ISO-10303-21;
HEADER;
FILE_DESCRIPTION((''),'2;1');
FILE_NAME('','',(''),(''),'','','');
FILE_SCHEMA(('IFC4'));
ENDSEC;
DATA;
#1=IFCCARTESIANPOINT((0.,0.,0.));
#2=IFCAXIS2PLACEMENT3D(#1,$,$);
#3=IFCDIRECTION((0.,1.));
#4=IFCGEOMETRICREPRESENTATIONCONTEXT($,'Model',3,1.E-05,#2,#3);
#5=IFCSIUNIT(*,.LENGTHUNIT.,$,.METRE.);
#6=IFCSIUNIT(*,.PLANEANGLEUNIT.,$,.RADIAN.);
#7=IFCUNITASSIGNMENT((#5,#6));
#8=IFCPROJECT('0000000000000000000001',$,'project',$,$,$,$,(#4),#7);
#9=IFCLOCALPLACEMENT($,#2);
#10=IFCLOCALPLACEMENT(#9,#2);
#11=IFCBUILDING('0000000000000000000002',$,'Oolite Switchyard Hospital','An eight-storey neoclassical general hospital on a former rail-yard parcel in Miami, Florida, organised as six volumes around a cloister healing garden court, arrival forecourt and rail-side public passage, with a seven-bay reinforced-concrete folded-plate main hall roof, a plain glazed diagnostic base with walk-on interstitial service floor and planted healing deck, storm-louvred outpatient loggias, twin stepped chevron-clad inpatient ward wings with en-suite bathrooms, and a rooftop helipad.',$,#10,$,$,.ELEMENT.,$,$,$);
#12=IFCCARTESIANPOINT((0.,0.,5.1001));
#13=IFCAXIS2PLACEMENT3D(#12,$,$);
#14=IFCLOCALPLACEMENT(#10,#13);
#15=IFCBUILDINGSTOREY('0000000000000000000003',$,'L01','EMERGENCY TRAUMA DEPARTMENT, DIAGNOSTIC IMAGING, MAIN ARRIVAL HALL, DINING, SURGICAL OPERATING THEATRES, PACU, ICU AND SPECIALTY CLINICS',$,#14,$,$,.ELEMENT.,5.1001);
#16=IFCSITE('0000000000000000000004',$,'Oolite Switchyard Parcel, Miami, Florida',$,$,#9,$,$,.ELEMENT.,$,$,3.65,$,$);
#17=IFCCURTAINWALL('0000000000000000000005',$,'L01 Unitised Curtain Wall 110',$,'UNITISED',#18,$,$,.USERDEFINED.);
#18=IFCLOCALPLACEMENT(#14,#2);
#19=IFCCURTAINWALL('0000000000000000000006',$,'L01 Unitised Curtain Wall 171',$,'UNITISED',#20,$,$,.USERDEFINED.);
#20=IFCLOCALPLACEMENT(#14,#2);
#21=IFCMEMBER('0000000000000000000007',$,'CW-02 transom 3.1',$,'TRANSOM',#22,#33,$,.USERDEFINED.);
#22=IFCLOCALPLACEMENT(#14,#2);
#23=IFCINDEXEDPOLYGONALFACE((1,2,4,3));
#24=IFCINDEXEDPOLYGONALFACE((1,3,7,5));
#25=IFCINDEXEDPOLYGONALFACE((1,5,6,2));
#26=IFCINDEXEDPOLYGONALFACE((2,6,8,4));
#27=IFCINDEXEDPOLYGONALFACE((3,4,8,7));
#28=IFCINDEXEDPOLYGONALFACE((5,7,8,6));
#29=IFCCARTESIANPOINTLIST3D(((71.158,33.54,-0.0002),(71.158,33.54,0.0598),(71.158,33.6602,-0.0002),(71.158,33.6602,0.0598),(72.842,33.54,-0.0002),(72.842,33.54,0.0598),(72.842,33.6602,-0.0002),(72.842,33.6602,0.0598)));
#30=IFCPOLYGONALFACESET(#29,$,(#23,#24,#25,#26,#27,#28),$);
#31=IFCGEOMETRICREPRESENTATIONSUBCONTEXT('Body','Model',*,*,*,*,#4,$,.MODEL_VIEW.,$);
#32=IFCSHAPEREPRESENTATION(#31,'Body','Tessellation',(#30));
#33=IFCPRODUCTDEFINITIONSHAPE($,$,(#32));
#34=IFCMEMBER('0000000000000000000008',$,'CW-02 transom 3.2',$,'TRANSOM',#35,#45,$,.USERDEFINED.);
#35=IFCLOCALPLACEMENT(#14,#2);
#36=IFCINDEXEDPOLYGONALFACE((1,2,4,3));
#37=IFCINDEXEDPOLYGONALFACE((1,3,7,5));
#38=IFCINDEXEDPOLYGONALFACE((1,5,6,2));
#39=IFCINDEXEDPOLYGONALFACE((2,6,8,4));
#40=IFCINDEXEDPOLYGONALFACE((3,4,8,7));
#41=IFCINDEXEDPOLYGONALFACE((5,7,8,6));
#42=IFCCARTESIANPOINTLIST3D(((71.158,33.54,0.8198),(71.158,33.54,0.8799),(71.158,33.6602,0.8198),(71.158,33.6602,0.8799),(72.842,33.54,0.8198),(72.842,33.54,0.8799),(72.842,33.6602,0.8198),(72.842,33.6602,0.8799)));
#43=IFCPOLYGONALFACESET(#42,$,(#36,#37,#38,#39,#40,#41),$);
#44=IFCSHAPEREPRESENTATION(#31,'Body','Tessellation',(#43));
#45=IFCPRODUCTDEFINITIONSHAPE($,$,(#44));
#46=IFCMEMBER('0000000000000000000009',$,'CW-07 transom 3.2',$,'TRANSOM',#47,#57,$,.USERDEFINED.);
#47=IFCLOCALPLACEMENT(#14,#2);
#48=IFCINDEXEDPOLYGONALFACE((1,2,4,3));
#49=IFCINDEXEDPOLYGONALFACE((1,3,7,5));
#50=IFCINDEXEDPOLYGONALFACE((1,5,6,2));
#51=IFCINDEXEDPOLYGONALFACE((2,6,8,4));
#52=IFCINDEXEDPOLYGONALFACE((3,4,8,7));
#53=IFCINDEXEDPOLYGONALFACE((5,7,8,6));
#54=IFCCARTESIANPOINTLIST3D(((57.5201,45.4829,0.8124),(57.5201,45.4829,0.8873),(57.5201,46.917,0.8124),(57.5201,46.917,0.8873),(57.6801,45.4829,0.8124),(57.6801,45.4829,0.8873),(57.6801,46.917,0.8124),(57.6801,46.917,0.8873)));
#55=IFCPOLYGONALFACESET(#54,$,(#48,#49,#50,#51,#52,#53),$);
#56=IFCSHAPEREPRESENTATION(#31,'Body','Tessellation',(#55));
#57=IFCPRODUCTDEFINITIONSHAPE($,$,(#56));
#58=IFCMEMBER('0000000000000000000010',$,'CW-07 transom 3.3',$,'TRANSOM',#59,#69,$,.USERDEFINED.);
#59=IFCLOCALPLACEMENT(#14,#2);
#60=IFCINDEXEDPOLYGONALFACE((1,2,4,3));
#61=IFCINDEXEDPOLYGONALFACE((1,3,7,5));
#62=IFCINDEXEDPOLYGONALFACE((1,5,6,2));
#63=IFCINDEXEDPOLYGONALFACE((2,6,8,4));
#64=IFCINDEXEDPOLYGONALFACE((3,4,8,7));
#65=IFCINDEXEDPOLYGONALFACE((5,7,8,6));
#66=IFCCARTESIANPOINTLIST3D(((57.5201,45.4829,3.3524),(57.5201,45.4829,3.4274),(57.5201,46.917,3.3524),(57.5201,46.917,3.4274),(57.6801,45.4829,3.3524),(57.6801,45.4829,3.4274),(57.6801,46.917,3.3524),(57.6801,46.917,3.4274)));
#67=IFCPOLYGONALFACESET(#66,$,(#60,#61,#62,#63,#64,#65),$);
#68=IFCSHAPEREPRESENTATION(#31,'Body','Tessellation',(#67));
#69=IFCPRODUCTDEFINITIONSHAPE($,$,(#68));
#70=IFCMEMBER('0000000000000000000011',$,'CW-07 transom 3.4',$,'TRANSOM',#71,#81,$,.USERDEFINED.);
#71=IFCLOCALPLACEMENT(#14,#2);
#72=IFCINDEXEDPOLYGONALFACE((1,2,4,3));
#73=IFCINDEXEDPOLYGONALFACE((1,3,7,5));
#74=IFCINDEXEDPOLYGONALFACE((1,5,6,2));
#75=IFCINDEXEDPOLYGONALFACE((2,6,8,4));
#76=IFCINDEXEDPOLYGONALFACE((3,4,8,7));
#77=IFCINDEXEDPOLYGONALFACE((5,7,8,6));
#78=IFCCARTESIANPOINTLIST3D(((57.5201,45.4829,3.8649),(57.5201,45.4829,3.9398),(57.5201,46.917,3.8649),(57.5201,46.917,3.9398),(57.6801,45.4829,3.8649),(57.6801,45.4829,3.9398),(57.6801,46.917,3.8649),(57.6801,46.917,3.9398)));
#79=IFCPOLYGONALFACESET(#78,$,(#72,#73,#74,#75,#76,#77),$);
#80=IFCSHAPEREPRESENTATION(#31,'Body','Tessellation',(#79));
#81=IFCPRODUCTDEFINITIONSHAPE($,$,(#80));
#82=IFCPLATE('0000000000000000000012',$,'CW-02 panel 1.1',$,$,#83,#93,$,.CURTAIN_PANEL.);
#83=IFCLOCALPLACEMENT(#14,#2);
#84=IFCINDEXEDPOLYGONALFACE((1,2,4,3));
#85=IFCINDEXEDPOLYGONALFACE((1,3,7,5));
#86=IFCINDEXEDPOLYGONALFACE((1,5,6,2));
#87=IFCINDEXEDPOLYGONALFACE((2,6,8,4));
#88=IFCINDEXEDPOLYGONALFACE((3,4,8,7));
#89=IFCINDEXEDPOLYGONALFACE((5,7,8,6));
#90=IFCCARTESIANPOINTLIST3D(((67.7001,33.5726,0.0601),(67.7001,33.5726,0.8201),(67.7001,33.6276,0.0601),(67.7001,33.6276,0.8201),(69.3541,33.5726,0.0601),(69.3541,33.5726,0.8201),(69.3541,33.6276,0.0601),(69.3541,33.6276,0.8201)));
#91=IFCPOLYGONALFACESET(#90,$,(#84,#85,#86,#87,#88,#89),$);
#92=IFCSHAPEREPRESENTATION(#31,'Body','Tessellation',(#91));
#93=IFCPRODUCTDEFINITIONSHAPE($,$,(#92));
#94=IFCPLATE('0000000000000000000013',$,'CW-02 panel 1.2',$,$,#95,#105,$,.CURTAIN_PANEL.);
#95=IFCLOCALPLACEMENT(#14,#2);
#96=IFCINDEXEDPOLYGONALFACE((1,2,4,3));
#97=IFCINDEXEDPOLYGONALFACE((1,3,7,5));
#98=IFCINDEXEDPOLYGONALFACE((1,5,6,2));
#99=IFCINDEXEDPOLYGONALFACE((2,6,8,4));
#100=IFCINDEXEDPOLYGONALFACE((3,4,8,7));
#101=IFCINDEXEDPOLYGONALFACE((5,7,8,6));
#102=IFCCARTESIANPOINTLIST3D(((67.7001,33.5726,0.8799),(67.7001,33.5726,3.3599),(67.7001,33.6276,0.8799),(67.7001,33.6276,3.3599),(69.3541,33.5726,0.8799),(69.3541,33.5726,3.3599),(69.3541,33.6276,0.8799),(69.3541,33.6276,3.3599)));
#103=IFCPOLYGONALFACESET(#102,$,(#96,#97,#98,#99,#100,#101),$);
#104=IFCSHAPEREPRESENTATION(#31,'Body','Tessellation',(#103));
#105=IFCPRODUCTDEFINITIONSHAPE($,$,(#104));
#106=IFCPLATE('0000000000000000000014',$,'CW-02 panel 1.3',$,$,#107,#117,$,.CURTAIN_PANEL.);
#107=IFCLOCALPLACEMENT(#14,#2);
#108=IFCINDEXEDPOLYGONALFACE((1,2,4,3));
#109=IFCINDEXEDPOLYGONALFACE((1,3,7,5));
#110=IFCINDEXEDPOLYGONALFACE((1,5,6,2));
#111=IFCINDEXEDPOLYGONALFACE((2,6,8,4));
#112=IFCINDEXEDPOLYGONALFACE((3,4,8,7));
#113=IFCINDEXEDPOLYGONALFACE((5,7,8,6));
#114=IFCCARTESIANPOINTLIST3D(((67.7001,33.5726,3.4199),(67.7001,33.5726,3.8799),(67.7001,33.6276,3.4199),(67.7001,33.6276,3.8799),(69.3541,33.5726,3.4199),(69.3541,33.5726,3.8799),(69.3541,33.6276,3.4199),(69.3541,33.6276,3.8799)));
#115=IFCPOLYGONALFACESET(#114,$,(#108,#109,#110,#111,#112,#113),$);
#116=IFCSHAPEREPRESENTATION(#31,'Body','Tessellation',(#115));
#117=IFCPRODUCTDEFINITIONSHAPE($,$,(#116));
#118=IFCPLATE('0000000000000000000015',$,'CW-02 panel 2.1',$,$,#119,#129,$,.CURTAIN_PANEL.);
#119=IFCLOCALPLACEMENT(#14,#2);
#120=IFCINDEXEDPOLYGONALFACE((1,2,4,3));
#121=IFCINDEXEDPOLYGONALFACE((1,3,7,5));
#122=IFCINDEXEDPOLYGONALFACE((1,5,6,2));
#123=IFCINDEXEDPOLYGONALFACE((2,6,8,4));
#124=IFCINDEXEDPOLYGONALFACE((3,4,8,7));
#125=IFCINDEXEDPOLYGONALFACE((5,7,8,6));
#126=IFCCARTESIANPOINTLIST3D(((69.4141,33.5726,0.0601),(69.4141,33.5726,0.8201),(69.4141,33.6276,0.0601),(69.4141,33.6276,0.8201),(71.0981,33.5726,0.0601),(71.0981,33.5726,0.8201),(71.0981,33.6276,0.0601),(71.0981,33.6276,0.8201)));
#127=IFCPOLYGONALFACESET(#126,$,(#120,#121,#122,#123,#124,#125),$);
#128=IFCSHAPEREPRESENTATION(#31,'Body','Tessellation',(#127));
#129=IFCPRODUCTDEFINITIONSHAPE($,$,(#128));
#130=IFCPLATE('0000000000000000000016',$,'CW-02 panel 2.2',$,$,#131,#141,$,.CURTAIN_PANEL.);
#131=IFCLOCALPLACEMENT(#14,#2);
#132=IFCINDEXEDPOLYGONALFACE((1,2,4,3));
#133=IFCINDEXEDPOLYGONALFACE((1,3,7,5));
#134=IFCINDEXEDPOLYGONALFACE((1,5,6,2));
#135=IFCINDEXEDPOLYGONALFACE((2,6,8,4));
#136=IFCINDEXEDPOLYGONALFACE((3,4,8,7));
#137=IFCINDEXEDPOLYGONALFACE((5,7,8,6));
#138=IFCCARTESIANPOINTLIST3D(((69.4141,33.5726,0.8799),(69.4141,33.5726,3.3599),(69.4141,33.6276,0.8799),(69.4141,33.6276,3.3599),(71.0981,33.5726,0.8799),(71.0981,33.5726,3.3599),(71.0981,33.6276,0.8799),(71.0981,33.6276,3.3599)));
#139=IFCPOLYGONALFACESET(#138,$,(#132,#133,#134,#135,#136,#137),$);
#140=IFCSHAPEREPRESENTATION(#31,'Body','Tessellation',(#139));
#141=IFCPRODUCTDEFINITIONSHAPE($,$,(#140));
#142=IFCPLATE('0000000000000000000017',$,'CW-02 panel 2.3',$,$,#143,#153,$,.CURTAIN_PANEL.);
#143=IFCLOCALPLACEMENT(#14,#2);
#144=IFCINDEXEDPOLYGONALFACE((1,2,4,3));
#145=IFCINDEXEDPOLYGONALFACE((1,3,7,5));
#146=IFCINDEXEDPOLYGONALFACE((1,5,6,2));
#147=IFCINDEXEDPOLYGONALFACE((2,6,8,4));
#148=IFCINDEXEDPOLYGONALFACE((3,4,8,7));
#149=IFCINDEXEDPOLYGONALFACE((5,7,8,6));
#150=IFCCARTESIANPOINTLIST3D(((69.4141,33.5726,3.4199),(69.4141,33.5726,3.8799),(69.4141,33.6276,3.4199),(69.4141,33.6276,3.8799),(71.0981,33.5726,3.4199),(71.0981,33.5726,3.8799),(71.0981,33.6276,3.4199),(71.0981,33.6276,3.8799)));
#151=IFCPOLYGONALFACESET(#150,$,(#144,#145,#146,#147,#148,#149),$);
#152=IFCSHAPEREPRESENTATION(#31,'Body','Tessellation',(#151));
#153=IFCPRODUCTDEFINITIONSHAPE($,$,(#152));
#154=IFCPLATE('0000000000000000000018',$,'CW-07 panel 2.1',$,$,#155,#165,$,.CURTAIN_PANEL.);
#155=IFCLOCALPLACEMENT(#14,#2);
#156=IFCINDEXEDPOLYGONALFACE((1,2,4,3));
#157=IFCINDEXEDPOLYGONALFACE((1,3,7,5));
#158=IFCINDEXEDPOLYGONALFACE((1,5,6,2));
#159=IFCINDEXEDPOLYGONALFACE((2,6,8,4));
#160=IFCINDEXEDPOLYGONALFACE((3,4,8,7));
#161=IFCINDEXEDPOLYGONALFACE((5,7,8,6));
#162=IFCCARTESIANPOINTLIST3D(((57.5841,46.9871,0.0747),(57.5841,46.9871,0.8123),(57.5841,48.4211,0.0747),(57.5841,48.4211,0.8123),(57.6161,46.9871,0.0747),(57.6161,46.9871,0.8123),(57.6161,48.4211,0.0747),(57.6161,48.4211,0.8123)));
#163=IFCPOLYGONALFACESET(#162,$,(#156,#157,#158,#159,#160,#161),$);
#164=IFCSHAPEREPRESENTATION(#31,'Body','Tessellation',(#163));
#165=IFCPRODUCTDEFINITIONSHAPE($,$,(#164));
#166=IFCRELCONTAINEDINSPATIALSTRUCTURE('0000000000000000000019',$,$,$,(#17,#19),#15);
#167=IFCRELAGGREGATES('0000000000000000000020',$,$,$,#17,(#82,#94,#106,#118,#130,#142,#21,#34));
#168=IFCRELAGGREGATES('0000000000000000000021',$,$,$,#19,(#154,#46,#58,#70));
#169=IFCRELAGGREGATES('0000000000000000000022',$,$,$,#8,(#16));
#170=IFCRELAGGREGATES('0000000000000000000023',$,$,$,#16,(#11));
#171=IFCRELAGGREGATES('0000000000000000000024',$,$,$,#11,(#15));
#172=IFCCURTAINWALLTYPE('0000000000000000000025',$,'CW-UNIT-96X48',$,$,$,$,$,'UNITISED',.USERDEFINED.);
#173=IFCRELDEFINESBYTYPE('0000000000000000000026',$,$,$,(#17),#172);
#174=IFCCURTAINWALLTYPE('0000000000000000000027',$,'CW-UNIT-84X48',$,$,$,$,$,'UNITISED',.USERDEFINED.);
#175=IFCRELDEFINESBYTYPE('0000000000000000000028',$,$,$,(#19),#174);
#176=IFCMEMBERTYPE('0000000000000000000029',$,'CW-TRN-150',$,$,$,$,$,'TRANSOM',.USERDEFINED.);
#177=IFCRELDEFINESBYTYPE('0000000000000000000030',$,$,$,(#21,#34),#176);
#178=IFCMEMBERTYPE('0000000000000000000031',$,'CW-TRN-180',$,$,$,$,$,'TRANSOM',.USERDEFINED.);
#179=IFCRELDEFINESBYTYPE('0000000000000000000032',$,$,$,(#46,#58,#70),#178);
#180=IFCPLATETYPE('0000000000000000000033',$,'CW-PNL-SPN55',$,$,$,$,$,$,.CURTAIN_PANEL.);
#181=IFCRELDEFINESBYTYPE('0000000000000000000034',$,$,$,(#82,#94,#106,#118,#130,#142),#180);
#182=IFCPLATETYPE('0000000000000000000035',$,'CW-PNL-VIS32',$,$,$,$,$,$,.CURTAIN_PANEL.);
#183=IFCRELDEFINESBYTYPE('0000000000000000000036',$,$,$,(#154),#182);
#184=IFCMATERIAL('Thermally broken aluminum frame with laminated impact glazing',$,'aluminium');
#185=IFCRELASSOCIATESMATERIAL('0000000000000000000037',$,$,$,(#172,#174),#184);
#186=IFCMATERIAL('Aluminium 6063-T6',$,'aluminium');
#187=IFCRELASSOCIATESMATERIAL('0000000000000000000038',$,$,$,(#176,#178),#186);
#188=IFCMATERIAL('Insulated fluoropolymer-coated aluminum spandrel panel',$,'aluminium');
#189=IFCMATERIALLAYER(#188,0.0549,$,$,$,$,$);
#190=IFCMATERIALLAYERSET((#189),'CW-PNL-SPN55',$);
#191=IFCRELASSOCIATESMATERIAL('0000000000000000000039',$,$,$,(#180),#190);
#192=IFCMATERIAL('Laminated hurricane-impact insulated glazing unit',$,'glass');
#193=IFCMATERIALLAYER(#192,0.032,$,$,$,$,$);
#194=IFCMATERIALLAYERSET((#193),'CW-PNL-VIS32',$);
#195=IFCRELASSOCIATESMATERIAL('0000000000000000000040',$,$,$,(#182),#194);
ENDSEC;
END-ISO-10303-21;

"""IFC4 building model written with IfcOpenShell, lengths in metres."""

from ifc_helpers import new_model, si_unit, direction, frame, origin, origin_2d, place, context, subcontext, project, spatial, rectangle, extrude, material, layer, layer_set, material_profile, profile_set, type_object, element, aggregate, save


model = new_model("IFC4")

# Units and contexts
model_context = context("Model", 3, precision=1e-05, world=origin(), true_north=direction((0.0, 1.0)))
body_context = subcontext(model_context, "Body", "Model", "MODEL_VIEW")
ifc_project = project(units=[si_unit("LENGTHUNIT", "METRE"), si_unit("PLANEANGLEUNIT", "RADIAN")], contexts=[model_context])

# Site, building, storey
site_placement = place(None, origin())
site = spatial("IfcSite", under=ifc_project, at=site_placement, Name="Oolite Switchyard Parcel, Miami, Florida", CompositionType="ELEMENT", RefElevation=3.65)
building_placement = place(site_placement, origin())
building = spatial("IfcBuilding", under=site, at=building_placement, Name="Oolite Switchyard Hospital", Description="An eight-storey neoclassical general hospital on a former rail-yard parcel in Miami, Florida, organised as six volumes around a cloister healing garden court, arrival forecourt and rail-side public passage, with a seven-bay reinforced-concrete folded-plate main hall roof, a plain glazed diagnostic base with walk-on interstitial service floor and planted healing deck, storm-louvred outpatient loggias, twin stepped chevron-clad inpatient ward wings with en-suite bathrooms, and a rooftop helipad.", CompositionType="ELEMENT")
storey_placement = place(building_placement, frame((0.0, 0.0, 5.1001)))
storey = spatial("IfcBuildingStorey", under=building, at=storey_placement, Name="L01", Description="EMERGENCY TRAUMA DEPARTMENT, DIAGNOSTIC IMAGING, MAIN ARRIVAL HALL, DINING, SURGICAL OPERATING THEATRES, PACU, ICU AND SPECIALTY CLINICS", CompositionType="ELEMENT", Elevation=5.1001)

# Curtain wall
ifc_material_1 = material(Name="Thermally broken aluminum frame with laminated impact glazing", Category="aluminium")
curtain_wall_type_1 = type_object("IfcCurtainWallType", Name="CW-UNIT-96X48", ElementType="UNITISED", PredefinedType="USERDEFINED", material=ifc_material_1)
curtain_wall_1_placement = place(storey_placement, origin())
curtain_wall_1 = element("IfcCurtainWall", 1, at=curtain_wall_1_placement, inside=storey, type_object=curtain_wall_type_1, Name="L01 Unitised Curtain Wall 110", ObjectType="UNITISED", PredefinedType="USERDEFINED")
ifc_material_2 = material(Name="Aluminium 6063-T6", Category="aluminium")

# Curtain wall
curtain_wall_type_2 = type_object("IfcCurtainWallType", Name="CW-UNIT-84X48", ElementType="UNITISED", PredefinedType="USERDEFINED", material=ifc_material_1)
curtain_wall_2_placement = place(storey_placement, origin())
curtain_wall_2 = element("IfcCurtainWall", 2, at=curtain_wall_2_placement, inside=storey, type_object=curtain_wall_type_2, Name="L01 Unitised Curtain Wall 171", ObjectType="UNITISED", PredefinedType="USERDEFINED")

# Members
ifc_material_profile_1 = material_profile(ifc_material_2, rectangle(XDim=0.1201, YDim=0.0601, at=origin_2d()), Name="CWT60X120")
ifc_profile_set_1 = profile_set([ifc_material_profile_1], Name="Aluminium 6063-T6")
member_type_1 = type_object("IfcMemberType", Name="CW-TRN-150", ElementType="TRANSOM", PredefinedType="USERDEFINED", material=ifc_profile_set_1)
member_1_placement = place(storey_placement, frame((71.158, 33.6001, 0.0298), z_axis=(1.0, 0.0, 0.0), x_axis=(0.0, 1.0, 0.0)))
member_1 = element("IfcMember", 3, at=member_1_placement, type_object=member_type_1, Name="CW-02 transom 3.1", ObjectType="TRANSOM", PredefinedType="USERDEFINED", context=body_context, shape_type="SweptSolid", body=[
    extrude(rectangle(XDim=0.1201, YDim=0.0601, at=origin_2d()), origin(), (0.0, 0.0, 1.0), 1.6841),
])
member_2_placement = place(storey_placement, frame((71.158, 33.6001, 0.8499), z_axis=(1.0, 0.0, 0.0), x_axis=(0.0, 1.0, 0.0)))
member_2 = element("IfcMember", 4, at=member_2_placement, type_object=member_type_1, Name="CW-02 transom 3.2", ObjectType="TRANSOM", PredefinedType="USERDEFINED", context=body_context, shape_type="SweptSolid", body=[
    extrude(rectangle(XDim=0.1201, YDim=0.0601, at=origin_2d()), origin(), (0.0, 0.0, 1.0), 1.6841),
])
ifc_material_profile_2 = material_profile(ifc_material_2, rectangle(XDim=0.1599, YDim=0.075, at=origin_2d()), Name="CWT75X160")
ifc_profile_set_2 = profile_set([ifc_material_profile_2], Name="Aluminium 6063-T6")
member_type_2 = type_object("IfcMemberType", Name="CW-TRN-180", ElementType="TRANSOM", PredefinedType="USERDEFINED", material=ifc_profile_set_2)
member_3_placement = place(storey_placement, frame((57.6001, 46.917, 0.8499), z_axis=(0.0, -1.0, 0.0), x_axis=(1.0, 0.0, 0.0)))
member_3 = element("IfcMember", 5, at=member_3_placement, type_object=member_type_2, Name="CW-07 transom 3.2", ObjectType="TRANSOM", PredefinedType="USERDEFINED", context=body_context, shape_type="SweptSolid", body=[
    extrude(rectangle(XDim=0.1599, YDim=0.075, at=origin_2d()), origin(), (0.0, 0.0, 1.0), 1.4341),
])
member_4_placement = place(storey_placement, frame((57.6001, 46.917, 3.3899), z_axis=(0.0, -1.0, 0.0), x_axis=(1.0, 0.0, 0.0)))
member_4 = element("IfcMember", 6, at=member_4_placement, type_object=member_type_2, Name="CW-07 transom 3.3", ObjectType="TRANSOM", PredefinedType="USERDEFINED", context=body_context, shape_type="SweptSolid", body=[
    extrude(rectangle(XDim=0.1599, YDim=0.075, at=origin_2d()), origin(), (0.0, 0.0, 1.0), 1.4341),
])
member_5_placement = place(storey_placement, frame((57.6001, 46.917, 3.9023), z_axis=(0.0, -1.0, 0.0), x_axis=(1.0, 0.0, 0.0)))
member_5 = element("IfcMember", 7, at=member_5_placement, type_object=member_type_2, Name="CW-07 transom 3.4", ObjectType="TRANSOM", PredefinedType="USERDEFINED", context=body_context, shape_type="SweptSolid", body=[
    extrude(rectangle(XDim=0.1599, YDim=0.075, at=origin_2d()), origin(), (0.0, 0.0, 1.0), 1.4341),
])

# Plates
ifc_material_3 = material(Name="Insulated fluoropolymer-coated aluminum spandrel panel", Category="aluminium")
ifc_layer_1 = layer(ifc_material_3, 0.0549)
ifc_layer_set_1 = layer_set([ifc_layer_1], Name="CW-PNL-SPN55")
plate_type_1 = type_object("IfcPlateType", Name="CW-PNL-SPN55", PredefinedType="CURTAIN_PANEL", material=ifc_layer_set_1)
plate_1_placement = place(storey_placement, frame((68.5271, 33.6001, 0.0601), z_axis=(0.0, 0.0, 1.0), x_axis=(1.0, 0.0, 0.0)))
plate_1 = element("IfcPlate", 8, at=plate_1_placement, type_object=plate_type_1, Name="CW-02 panel 1.1", PredefinedType="CURTAIN_PANEL", context=body_context, shape_type="SweptSolid", body=[
    extrude(rectangle(XDim=1.6541, YDim=0.0549, at=origin_2d()), origin(), (0.0, 0.0, 1.0), 0.76),
])
plate_2_placement = place(storey_placement, frame((68.5271, 33.6001, 0.8799), z_axis=(0.0, 0.0, 1.0), x_axis=(1.0, 0.0, 0.0)))
plate_2 = element("IfcPlate", 9, at=plate_2_placement, type_object=plate_type_1, Name="CW-02 panel 1.2", PredefinedType="CURTAIN_PANEL", context=body_context, shape_type="SweptSolid", body=[
    extrude(rectangle(XDim=1.6541, YDim=0.0549, at=origin_2d()), origin(), (0.0, 0.0, 1.0), 2.48),
])
plate_3_placement = place(storey_placement, frame((68.5271, 33.6001, 3.4199), z_axis=(0.0, 0.0, 1.0), x_axis=(1.0, 0.0, 0.0)))
plate_3 = element("IfcPlate", 10, at=plate_3_placement, type_object=plate_type_1, Name="CW-02 panel 1.3", PredefinedType="CURTAIN_PANEL", context=body_context, shape_type="SweptSolid", body=[
    extrude(rectangle(XDim=1.6541, YDim=0.0549, at=origin_2d()), origin(), (0.0, 0.0, 1.0), 0.46),
])
plate_4_placement = place(storey_placement, frame((70.2561, 33.6001, 0.0601), z_axis=(0.0, 0.0, 1.0), x_axis=(1.0, 0.0, 0.0)))
plate_4 = element("IfcPlate", 11, at=plate_4_placement, type_object=plate_type_1, Name="CW-02 panel 2.1", PredefinedType="CURTAIN_PANEL", context=body_context, shape_type="SweptSolid", body=[
    extrude(rectangle(XDim=1.6841, YDim=0.0549, at=origin_2d()), origin(), (0.0, 0.0, 1.0), 0.76),
])
plate_5_placement = place(storey_placement, frame((70.2561, 33.6001, 0.8799), z_axis=(0.0, 0.0, 1.0), x_axis=(1.0, 0.0, 0.0)))
plate_5 = element("IfcPlate", 12, at=plate_5_placement, type_object=plate_type_1, Name="CW-02 panel 2.2", PredefinedType="CURTAIN_PANEL", context=body_context, shape_type="SweptSolid", body=[
    extrude(rectangle(XDim=1.6841, YDim=0.0549, at=origin_2d()), origin(), (0.0, 0.0, 1.0), 2.48),
])
plate_6_placement = place(storey_placement, frame((70.2561, 33.6001, 3.4199), z_axis=(0.0, 0.0, 1.0), x_axis=(1.0, 0.0, 0.0)))
plate_6 = element("IfcPlate", 13, at=plate_6_placement, type_object=plate_type_1, Name="CW-02 panel 2.3", PredefinedType="CURTAIN_PANEL", context=body_context, shape_type="SweptSolid", body=[
    extrude(rectangle(XDim=1.6841, YDim=0.0549, at=origin_2d()), origin(), (0.0, 0.0, 1.0), 0.46),
])
aggregate(curtain_wall_1, [plate_1, plate_2, plate_3, plate_4, plate_5, plate_6, member_1, member_2])
ifc_material_4 = material(Name="Laminated hurricane-impact insulated glazing unit", Category="glass")
ifc_layer_2 = layer(ifc_material_4, 0.032)
ifc_layer_set_2 = layer_set([ifc_layer_2], Name="CW-PNL-VIS32")
plate_type_2 = type_object("IfcPlateType", Name="CW-PNL-VIS32", PredefinedType="CURTAIN_PANEL", material=ifc_layer_set_2)
plate_7_placement = place(storey_placement, frame((57.6001, 47.7041, 0.0747), z_axis=(0.0, 0.0, 1.0), x_axis=(0.0, -1.0, 0.0)))
plate_7 = element("IfcPlate", 14, at=plate_7_placement, type_object=plate_type_2, Name="CW-07 panel 2.1", PredefinedType="CURTAIN_PANEL", context=body_context, shape_type="SweptSolid", body=[
    extrude(rectangle(XDim=1.4341, YDim=0.032, at=origin_2d()), origin(), (0.0, 0.0, 1.0), 0.7375),
])
aggregate(curtain_wall_2, [plate_7, member_3, member_4, member_5])

save(model, "model.ifc")
